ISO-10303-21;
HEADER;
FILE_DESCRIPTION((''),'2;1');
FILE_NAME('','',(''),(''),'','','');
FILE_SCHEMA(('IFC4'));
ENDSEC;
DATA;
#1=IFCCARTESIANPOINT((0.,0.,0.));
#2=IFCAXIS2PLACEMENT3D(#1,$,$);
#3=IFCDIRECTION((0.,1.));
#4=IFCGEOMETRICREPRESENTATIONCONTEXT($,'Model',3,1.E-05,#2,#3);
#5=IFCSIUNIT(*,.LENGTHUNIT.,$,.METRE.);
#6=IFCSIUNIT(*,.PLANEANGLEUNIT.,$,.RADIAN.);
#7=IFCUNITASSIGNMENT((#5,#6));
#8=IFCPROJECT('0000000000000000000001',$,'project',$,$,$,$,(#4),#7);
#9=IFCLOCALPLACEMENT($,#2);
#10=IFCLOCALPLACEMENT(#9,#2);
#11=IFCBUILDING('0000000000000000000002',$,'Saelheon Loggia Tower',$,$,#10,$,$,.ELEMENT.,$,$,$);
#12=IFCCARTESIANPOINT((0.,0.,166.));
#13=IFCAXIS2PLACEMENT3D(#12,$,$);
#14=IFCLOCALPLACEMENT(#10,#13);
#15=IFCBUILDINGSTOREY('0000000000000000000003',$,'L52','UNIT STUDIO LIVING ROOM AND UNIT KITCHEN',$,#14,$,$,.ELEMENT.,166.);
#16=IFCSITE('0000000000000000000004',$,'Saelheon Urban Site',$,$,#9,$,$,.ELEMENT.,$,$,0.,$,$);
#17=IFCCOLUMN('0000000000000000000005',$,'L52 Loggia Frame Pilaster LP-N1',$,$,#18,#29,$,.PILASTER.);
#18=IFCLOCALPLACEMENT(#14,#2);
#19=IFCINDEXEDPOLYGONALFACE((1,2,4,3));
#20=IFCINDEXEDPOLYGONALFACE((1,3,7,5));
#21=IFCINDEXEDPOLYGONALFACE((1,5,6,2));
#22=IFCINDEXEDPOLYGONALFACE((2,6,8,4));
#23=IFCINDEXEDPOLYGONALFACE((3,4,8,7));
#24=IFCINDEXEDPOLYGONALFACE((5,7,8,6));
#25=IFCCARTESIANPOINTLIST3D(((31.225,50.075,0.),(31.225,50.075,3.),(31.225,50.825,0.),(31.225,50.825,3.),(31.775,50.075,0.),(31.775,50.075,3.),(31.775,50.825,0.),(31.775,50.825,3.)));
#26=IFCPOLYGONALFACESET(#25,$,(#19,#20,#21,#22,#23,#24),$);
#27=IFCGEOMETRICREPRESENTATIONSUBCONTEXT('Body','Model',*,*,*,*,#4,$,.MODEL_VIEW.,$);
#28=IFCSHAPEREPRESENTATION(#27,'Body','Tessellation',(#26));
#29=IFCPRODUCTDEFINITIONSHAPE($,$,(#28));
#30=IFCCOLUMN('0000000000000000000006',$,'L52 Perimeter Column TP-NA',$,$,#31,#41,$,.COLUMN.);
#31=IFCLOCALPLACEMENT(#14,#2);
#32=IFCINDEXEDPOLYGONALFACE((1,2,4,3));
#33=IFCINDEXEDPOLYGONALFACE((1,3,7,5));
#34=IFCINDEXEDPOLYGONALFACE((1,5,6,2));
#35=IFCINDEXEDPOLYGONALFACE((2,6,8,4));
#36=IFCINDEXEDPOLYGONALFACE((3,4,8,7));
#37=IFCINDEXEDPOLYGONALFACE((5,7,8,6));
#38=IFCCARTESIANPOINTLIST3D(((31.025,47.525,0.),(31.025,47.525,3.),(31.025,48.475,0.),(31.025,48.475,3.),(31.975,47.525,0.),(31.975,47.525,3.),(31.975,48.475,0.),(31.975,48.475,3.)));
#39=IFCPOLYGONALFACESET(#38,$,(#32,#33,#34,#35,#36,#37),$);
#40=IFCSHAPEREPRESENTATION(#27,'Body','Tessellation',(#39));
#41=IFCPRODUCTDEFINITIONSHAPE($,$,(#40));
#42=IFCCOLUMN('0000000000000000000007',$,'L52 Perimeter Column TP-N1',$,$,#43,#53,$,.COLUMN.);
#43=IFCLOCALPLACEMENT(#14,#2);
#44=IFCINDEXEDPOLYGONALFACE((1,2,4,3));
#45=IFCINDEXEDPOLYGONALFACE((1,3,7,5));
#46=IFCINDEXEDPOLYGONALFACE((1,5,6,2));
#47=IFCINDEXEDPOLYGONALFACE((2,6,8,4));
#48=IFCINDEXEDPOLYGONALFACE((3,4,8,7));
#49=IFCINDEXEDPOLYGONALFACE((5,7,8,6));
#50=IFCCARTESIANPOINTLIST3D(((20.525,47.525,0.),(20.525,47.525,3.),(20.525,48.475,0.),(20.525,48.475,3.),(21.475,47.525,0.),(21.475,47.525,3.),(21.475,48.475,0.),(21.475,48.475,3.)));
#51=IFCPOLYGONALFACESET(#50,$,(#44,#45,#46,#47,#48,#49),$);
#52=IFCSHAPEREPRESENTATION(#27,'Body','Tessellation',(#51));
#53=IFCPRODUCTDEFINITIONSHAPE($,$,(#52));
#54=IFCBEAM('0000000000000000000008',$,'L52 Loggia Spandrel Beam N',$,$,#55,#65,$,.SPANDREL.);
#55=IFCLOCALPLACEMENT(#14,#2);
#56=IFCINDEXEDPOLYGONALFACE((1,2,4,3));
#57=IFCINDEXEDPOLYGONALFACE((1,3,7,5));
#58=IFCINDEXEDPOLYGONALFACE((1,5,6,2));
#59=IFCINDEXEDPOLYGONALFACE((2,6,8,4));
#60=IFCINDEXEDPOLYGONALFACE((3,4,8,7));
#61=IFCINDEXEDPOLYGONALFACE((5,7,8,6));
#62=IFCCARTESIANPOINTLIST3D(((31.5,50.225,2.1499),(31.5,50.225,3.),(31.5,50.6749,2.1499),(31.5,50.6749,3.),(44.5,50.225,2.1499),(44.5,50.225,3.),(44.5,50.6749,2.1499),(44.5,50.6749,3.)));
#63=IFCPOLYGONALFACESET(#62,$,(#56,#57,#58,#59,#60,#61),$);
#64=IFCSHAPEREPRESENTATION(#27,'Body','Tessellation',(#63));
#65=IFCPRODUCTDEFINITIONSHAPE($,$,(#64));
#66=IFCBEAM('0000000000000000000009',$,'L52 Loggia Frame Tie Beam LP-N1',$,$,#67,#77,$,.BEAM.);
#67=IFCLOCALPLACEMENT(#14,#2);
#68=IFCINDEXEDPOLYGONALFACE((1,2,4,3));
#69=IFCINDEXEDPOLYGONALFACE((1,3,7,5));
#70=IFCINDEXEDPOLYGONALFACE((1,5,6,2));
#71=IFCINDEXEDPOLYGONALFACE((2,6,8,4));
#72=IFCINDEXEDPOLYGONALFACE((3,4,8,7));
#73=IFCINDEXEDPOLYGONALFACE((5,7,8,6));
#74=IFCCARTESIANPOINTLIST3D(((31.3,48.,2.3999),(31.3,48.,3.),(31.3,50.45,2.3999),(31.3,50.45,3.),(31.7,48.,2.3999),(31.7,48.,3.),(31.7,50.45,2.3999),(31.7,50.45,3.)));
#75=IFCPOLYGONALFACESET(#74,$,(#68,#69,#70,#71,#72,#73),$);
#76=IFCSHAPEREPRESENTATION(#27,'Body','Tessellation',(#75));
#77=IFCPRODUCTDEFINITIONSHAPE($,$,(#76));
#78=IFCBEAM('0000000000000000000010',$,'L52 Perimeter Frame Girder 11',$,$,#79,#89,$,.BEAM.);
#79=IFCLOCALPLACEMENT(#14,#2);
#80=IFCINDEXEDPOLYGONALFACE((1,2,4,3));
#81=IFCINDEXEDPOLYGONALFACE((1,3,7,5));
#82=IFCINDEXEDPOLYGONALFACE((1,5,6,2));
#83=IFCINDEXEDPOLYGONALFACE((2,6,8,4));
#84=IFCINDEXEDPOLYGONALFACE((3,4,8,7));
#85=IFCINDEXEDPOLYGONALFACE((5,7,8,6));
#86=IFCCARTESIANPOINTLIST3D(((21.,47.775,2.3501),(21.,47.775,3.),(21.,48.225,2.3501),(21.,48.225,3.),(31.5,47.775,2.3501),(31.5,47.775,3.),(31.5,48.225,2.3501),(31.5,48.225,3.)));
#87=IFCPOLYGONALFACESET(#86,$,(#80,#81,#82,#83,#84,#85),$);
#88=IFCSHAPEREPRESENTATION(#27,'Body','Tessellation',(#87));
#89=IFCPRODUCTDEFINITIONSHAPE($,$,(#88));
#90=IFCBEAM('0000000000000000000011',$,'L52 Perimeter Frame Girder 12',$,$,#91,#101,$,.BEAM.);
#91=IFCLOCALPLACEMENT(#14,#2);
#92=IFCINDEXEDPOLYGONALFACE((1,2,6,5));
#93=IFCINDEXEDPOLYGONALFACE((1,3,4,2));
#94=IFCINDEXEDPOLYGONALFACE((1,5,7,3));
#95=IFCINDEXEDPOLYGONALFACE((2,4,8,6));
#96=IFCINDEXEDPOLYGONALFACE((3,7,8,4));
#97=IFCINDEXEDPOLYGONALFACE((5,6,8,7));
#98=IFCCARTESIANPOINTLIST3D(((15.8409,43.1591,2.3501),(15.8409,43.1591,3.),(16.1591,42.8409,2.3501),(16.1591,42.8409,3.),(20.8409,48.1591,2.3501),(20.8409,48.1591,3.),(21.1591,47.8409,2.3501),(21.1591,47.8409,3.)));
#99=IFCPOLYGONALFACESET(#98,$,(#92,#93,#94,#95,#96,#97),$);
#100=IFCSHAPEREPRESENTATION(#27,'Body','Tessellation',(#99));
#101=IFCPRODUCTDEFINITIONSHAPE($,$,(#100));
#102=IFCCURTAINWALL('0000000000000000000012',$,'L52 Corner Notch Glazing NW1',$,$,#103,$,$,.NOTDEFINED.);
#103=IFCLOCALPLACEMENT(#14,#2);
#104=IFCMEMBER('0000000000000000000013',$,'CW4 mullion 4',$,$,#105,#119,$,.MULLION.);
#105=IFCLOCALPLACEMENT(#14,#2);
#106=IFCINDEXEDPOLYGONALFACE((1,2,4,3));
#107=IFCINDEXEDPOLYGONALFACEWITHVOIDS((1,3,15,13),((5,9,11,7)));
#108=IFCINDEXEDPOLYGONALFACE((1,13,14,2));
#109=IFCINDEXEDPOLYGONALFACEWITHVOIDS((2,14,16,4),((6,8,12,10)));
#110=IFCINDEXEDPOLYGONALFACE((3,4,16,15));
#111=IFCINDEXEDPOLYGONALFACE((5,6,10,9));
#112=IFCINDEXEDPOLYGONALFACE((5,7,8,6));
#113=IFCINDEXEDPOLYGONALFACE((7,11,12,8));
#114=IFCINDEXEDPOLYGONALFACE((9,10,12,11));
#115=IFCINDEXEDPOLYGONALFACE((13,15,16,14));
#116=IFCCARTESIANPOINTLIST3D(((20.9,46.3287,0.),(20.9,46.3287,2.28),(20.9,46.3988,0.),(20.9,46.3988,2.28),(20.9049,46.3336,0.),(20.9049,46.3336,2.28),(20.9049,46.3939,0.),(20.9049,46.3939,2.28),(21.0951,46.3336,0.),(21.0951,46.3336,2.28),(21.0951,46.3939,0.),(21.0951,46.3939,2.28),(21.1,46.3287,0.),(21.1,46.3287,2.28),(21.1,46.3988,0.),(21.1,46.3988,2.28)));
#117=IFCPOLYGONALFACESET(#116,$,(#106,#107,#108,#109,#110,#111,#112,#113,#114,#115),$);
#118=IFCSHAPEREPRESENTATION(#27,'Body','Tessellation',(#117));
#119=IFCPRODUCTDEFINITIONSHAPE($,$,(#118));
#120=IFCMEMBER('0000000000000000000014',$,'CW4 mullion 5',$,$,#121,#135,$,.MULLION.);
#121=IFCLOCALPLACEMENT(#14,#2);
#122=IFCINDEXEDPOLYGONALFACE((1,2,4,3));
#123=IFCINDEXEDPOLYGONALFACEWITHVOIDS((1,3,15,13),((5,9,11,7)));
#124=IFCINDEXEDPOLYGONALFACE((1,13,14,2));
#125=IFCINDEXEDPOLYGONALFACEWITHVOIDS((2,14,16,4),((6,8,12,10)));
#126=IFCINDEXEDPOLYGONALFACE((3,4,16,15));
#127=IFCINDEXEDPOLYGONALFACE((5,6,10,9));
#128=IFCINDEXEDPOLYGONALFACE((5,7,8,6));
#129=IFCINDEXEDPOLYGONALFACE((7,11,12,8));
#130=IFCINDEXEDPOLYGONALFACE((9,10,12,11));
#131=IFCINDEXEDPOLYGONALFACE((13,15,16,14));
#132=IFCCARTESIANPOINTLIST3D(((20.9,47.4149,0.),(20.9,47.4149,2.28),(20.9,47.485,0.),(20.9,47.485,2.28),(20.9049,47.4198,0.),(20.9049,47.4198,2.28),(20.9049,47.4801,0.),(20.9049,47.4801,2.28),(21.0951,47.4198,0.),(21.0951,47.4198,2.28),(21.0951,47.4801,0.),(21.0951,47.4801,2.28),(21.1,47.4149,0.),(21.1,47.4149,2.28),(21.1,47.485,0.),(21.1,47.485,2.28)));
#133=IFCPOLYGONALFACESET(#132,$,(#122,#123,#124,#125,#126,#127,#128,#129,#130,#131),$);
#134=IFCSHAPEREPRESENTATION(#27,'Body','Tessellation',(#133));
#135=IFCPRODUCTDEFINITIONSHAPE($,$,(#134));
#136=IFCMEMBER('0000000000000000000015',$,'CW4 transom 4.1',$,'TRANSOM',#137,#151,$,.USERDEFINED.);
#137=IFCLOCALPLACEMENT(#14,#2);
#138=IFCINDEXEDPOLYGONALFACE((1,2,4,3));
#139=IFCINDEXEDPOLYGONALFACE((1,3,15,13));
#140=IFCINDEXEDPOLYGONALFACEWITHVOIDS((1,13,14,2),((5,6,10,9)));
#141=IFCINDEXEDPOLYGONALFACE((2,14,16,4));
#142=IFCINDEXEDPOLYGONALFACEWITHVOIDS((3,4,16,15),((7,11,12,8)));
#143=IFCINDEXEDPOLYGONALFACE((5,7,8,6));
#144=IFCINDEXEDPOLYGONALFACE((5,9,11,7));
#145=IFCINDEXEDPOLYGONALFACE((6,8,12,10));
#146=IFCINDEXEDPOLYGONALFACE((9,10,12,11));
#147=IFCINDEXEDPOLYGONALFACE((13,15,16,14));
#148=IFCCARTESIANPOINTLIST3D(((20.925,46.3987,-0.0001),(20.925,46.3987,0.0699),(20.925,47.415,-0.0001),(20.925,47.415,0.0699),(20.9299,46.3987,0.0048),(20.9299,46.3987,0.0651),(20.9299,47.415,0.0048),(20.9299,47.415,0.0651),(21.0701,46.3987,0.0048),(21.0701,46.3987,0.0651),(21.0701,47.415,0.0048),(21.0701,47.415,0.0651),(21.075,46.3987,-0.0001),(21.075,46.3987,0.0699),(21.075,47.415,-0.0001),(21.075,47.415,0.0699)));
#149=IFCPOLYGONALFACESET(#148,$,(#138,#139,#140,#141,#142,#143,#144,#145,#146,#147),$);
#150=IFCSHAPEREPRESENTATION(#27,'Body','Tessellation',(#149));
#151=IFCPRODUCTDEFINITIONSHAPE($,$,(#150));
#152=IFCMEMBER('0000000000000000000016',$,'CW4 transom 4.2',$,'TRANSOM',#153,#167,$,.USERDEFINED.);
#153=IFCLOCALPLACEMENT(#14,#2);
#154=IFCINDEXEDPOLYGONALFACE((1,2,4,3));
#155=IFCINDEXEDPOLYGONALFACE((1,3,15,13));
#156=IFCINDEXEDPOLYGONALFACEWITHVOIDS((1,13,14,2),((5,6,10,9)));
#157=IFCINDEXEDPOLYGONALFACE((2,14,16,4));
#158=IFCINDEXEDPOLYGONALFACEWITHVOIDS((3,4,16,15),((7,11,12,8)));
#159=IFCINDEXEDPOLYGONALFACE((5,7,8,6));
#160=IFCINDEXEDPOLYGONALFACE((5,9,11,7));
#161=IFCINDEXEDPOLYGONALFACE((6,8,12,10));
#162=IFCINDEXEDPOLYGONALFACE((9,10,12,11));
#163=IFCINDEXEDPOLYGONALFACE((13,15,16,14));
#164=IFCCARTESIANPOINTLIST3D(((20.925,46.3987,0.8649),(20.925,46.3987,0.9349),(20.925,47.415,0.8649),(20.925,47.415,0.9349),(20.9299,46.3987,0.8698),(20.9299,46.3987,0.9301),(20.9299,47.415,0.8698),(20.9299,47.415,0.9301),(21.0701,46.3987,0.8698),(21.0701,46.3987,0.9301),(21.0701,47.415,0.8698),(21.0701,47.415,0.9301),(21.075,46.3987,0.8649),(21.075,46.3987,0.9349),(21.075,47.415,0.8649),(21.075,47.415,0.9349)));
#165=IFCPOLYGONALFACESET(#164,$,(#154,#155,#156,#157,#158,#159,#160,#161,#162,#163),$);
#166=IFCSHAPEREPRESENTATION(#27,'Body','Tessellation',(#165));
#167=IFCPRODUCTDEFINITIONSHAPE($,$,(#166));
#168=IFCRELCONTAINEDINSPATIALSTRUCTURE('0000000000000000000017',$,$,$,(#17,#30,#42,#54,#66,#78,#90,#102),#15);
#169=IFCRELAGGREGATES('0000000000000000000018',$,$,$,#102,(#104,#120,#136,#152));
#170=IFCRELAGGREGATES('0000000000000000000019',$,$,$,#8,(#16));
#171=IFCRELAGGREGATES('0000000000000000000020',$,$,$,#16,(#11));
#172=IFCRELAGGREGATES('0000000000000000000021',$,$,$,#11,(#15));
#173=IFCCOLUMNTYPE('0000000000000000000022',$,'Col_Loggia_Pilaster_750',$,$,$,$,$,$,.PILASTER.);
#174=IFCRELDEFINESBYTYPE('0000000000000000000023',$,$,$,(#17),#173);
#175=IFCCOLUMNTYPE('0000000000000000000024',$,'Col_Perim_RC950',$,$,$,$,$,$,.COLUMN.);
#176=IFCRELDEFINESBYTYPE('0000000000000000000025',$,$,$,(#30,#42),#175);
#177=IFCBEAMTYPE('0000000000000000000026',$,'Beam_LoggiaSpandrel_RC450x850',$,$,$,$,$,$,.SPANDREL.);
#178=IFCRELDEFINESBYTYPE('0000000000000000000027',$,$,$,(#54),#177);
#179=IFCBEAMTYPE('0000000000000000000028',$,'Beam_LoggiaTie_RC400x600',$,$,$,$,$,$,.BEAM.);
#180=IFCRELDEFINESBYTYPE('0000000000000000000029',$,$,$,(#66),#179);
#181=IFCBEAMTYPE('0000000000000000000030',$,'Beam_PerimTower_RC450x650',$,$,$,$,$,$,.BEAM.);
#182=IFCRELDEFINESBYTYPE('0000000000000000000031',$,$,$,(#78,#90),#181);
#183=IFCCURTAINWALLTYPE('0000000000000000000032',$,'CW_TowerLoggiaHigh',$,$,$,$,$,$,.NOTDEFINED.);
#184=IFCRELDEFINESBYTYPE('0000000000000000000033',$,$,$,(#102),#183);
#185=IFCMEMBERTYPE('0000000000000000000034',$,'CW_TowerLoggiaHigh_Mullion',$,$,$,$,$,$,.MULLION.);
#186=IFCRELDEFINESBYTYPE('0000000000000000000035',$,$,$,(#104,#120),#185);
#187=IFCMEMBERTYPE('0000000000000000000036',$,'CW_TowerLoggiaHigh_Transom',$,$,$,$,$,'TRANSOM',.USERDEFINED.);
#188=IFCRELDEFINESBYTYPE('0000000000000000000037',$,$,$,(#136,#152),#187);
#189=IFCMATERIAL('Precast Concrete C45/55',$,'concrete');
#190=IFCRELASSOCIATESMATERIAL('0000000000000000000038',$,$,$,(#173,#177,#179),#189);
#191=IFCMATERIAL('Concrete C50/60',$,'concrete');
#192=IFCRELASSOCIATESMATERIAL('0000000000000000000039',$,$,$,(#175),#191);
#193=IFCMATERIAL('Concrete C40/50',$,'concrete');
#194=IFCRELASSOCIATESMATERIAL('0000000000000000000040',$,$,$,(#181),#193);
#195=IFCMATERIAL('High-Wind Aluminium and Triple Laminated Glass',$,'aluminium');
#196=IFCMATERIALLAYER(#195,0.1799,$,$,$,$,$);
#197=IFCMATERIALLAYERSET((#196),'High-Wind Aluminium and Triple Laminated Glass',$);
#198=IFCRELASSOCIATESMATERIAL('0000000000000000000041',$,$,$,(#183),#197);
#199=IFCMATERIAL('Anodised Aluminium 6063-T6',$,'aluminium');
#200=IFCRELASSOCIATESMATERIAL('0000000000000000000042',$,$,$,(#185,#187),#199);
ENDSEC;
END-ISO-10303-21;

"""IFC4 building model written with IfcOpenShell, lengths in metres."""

from ifc_helpers import new_model, si_unit, direction, frame, origin, origin_2d, place, context, subcontext, project, spatial, rectangle, hollow_rectangle, extrude, source, transform, mapped, material, layer, layer_set, material_profile, profile_set, type_object, element, aggregate, save


model = new_model("IFC4")

# Units and contexts
model_context = context("Model", 3, precision=1e-05, world=origin(), true_north=direction((0.0, 1.0)))
body_context = subcontext(model_context, "Body", "Model", "MODEL_VIEW")
ifc_project = project(units=[si_unit("LENGTHUNIT", "METRE"), si_unit("PLANEANGLEUNIT", "RADIAN")], contexts=[model_context])

# Site, building, storey
site_placement = place(None, origin())
site = spatial("IfcSite", under=ifc_project, at=site_placement, Name="Saelheon Urban Site", CompositionType="ELEMENT", RefElevation=0.0)
building_placement = place(site_placement, origin())
building = spatial("IfcBuilding", under=site, at=building_placement, Name="Saelheon Loggia Tower", CompositionType="ELEMENT")
storey_placement = place(building_placement, frame((0.0, 0.0, 166.0)))
storey = spatial("IfcBuildingStorey", under=building, at=storey_placement, Name="L52", Description="UNIT STUDIO LIVING ROOM AND UNIT KITCHEN", CompositionType="ELEMENT", Elevation=166.0)

# Columns
ifc_material_1 = material(Name="Precast Concrete C45/55", Category="concrete")
ifc_material_profile_1 = material_profile(ifc_material_1, rectangle(XDim=0.55, YDim=0.75, at=origin_2d()), Name="RC-550x750")
ifc_profile_set_1 = profile_set([ifc_material_profile_1], Name="Precast Concrete C45/55")
column_type_1 = type_object("IfcColumnType", Name="Col_Loggia_Pilaster_750", PredefinedType="PILASTER", material=ifc_profile_set_1)
shared_shape_1 = source(origin(), body_context, "Body", "SweptSolid", [
    extrude(rectangle(XDim=0.55, YDim=0.75, at=origin_2d()), origin(), (0.0, 0.0, 1.0), 3.0),
])
column_placement = place(storey_placement, frame((31.5, 50.45, 0.0), z_axis=(0.0, 0.0, 1.0), x_axis=(1.0, 0.0, 0.0)))
element("IfcColumn", 1, at=column_placement, inside=storey, type_object=column_type_1, Name="L52 Loggia Frame Pilaster LP-N1", PredefinedType="PILASTER", context=body_context, shape_type="MappedRepresentation", body=[
    mapped(shared_shape_1, transform((0.0, 0.0, 0.0), scale=1.0)),
])
ifc_material_2 = material(Name="Concrete C50/60", Category="concrete")
ifc_material_profile_2 = material_profile(ifc_material_2, rectangle(XDim=0.95, YDim=0.95, at=origin_2d()), Name="RC-950x950")
ifc_profile_set_2 = profile_set([ifc_material_profile_2], Name="Concrete C50/60")
column_type_2 = type_object("IfcColumnType", Name="Col_Perim_RC950", PredefinedType="COLUMN", material=ifc_profile_set_2)
shared_shape_2 = source(origin(), body_context, "Body", "SweptSolid", [
    extrude(rectangle(XDim=0.95, YDim=0.95, at=origin_2d()), origin(), (0.0, 0.0, 1.0), 3.0),
])
for number, where, z_axis, x_axis, name in (
    (2, (31.5, 48.0, 0.0), (0.0, 0.0, 1.0), (1.0, 0.0, 0.0), "L52 Perimeter Column TP-NA"),
    (3, (21.0, 48.0, 0.0), (0.0, 0.0, 1.0), (1.0, 0.0, 0.0), "L52 Perimeter Column TP-N1"),
):
    element("IfcColumn", number, at=place(storey_placement, frame(where, z_axis=z_axis, x_axis=x_axis)), inside=storey, type_object=column_type_2, Name=name, PredefinedType="COLUMN", context=body_context, shape_type="MappedRepresentation", body=[
        mapped(shared_shape_2, transform((0.0, 0.0, 0.0), scale=1.0)),
    ])

# Beams
ifc_material_profile_3 = material_profile(ifc_material_1, rectangle(XDim=0.45, YDim=0.8501, at=origin_2d()), Name="RC-450x850")
ifc_profile_set_3 = profile_set([ifc_material_profile_3], Name="Precast Concrete C45/55")
beam_type_1 = type_object("IfcBeamType", Name="Beam_LoggiaSpandrel_RC450x850", PredefinedType="SPANDREL", material=ifc_profile_set_3)
shared_shape_3 = source(origin(), body_context, "Body", "SweptSolid", [
    extrude(rectangle(XDim=0.45, YDim=0.8501, at=origin_2d()), origin(), (0.0, 0.0, 1.0), 13.0),
])
beam_1_placement = place(storey_placement, frame((31.5, 50.45, 2.575), z_axis=(1.0, 0.0, 0.0), x_axis=(0.0, 1.0, 0.0)))
element("IfcBeam", 4, at=beam_1_placement, inside=storey, type_object=beam_type_1, Name="L52 Loggia Spandrel Beam N", PredefinedType="SPANDREL", context=body_context, shape_type="MappedRepresentation", body=[
    mapped(shared_shape_3, transform((0.0, 0.0, 0.0), scale=1.0)),
])
ifc_material_profile_4 = material_profile(ifc_material_1, rectangle(XDim=0.3999, YDim=0.6001, at=origin_2d()), Name="RC-400x600")
ifc_profile_set_4 = profile_set([ifc_material_profile_4], Name="Precast Concrete C45/55")
beam_type_2 = type_object("IfcBeamType", Name="Beam_LoggiaTie_RC400x600", PredefinedType="BEAM", material=ifc_profile_set_4)
shared_shape_4 = source(origin(), body_context, "Body", "SweptSolid", [
    extrude(rectangle(XDim=0.3999, YDim=0.6001, at=origin_2d()), origin(), (0.0, 0.0, 1.0), 2.45),
])
beam_2_placement = place(storey_placement, frame((31.5, 48.0, 2.7), z_axis=(0.0, 1.0, 0.0), x_axis=(-1.0, 0.0, 0.0)))
element("IfcBeam", 5, at=beam_2_placement, inside=storey, type_object=beam_type_2, Name="L52 Loggia Frame Tie Beam LP-N1", PredefinedType="BEAM", context=body_context, shape_type="MappedRepresentation", body=[
    mapped(shared_shape_4, transform((0.0, 0.0, 0.0), scale=1.0)),
])
ifc_material_3 = material(Name="Concrete C40/50", Category="concrete")
ifc_material_profile_5 = material_profile(ifc_material_3, rectangle(XDim=0.45, YDim=0.6499, at=origin_2d()), Name="RC-450x650")
ifc_profile_set_5 = profile_set([ifc_material_profile_5], Name="Concrete C40/50")
beam_type_3 = type_object("IfcBeamType", Name="Beam_PerimTower_RC450x650", PredefinedType="BEAM", material=ifc_profile_set_5)
shared_shape_5 = source(origin(), body_context, "Body", "SweptSolid", [
    extrude(rectangle(XDim=0.45, YDim=0.6499, at=origin_2d()), origin(), (0.0, 0.0, 1.0), 10.5),
])
beam_3_placement = place(storey_placement, frame((31.5, 48.0, 2.675), z_axis=(-1.0, 0.0, 0.0), x_axis=(0.0, -1.0, 0.0)))
element("IfcBeam", 6, at=beam_3_placement, inside=storey, type_object=beam_type_3, Name="L52 Perimeter Frame Girder 11", PredefinedType="BEAM", context=body_context, shape_type="MappedRepresentation", body=[
    mapped(shared_shape_5, transform((0.0, 0.0, 0.0), scale=1.0)),
])
shared_shape_6 = source(origin(), body_context, "Body", "SweptSolid", [
    extrude(rectangle(XDim=0.45, YDim=0.6499, at=origin_2d()), origin(), (0.0, 0.0, 1.0), 7.071),
])
beam_4_placement = place(storey_placement, frame((21.0, 48.0, 2.675), z_axis=(-0.707107, -0.707107, 0.0), x_axis=(0.707107, -0.707107, 0.0)))
element("IfcBeam", 7, at=beam_4_placement, inside=storey, type_object=beam_type_3, Name="L52 Perimeter Frame Girder 12", PredefinedType="BEAM", context=body_context, shape_type="MappedRepresentation", body=[
    mapped(shared_shape_6, transform((0.0, 0.0, 0.0), scale=1.0)),
])

# Curtain wall, members
ifc_material_4 = material(Name="High-Wind Aluminium and Triple Laminated Glass", Category="aluminium")
ifc_layer_1 = layer(ifc_material_4, 0.1799)
ifc_layer_set_1 = layer_set([ifc_layer_1], Name="High-Wind Aluminium and Triple Laminated Glass")
curtain_wall_type = type_object("IfcCurtainWallType", Name="CW_TowerLoggiaHigh", PredefinedType="NOTDEFINED", material=ifc_layer_set_1)
curtain_wall_placement = place(storey_placement, origin())
curtain_wall = element("IfcCurtainWall", 8, at=curtain_wall_placement, inside=storey, type_object=curtain_wall_type, Name="L52 Corner Notch Glazing NW1", PredefinedType="NOTDEFINED")
ifc_material_5 = material(Name="Anodised Aluminium 6063-T6", Category="aluminium")
ifc_material_profile_6 = material_profile(ifc_material_5, hollow_rectangle(XDim=0.0701, YDim=0.2, WallThickness=0.0049, at=origin_2d()), Name="RHS-200x70x5")
ifc_profile_set_6 = profile_set([ifc_material_profile_6], Name="Anodised Aluminium 6063-T6")
member_type_1 = type_object("IfcMemberType", Name="CW_TowerLoggiaHigh_Mullion", PredefinedType="MULLION", material=ifc_profile_set_6)
shared_shape_7 = source(origin(), body_context, "Body", "SweptSolid", [
    extrude(hollow_rectangle(XDim=0.0701, YDim=0.2, WallThickness=0.0049, at=origin_2d()), origin(), (0.0, 0.0, 1.0), 2.28),
])
member_1_placement = place(storey_placement, frame((21.0, 46.3638, 0.0), z_axis=(0.0, 0.0, 1.0), x_axis=(0.0, 1.0, 0.0)))
member_1 = element("IfcMember", 9, at=member_1_placement, type_object=member_type_1, Name="CW4 mullion 4", PredefinedType="MULLION", context=body_context, shape_type="MappedRepresentation", body=[
    mapped(shared_shape_7, transform((0.0, 0.0, 0.0), scale=1.0)),
])
member_2_placement = place(storey_placement, frame((21.0, 47.45, 0.0), z_axis=(0.0, 0.0, 1.0), x_axis=(0.0, 1.0, 0.0)))
member_2 = element("IfcMember", 10, at=member_2_placement, type_object=member_type_1, Name="CW4 mullion 5", PredefinedType="MULLION", context=body_context, shape_type="MappedRepresentation", body=[
    mapped(shared_shape_7, transform((0.0, 0.0, 0.0), scale=1.0)),
])
ifc_material_profile_7 = material_profile(ifc_material_5, hollow_rectangle(XDim=0.0701, YDim=0.1499, WallThickness=0.0049, at=origin_2d()), Name="RHS-150x70x5")
ifc_profile_set_7 = profile_set([ifc_material_profile_7], Name="Anodised Aluminium 6063-T6")
member_type_2 = type_object("IfcMemberType", Name="CW_TowerLoggiaHigh_Transom", ElementType="TRANSOM", PredefinedType="USERDEFINED", material=ifc_profile_set_7)
shared_shape_8 = source(origin(), body_context, "Body", "SweptSolid", [
    extrude(hollow_rectangle(XDim=0.0701, YDim=0.1499, WallThickness=0.0049, at=origin_2d()), origin(), (0.0, 0.0, 1.0), 1.0164),
])
member_3_placement = place(storey_placement, frame((21.0, 46.3987, 0.0349), z_axis=(0.0, 1.0, 0.0), x_axis=(0.0, 0.0, 1.0)))
member_3 = element("IfcMember", 11, at=member_3_placement, type_object=member_type_2, Name="CW4 transom 4.1", ObjectType="TRANSOM", PredefinedType="USERDEFINED", context=body_context, shape_type="MappedRepresentation", body=[
    mapped(shared_shape_8, transform((0.0, 0.0, 0.0), scale=1.0)),
])
member_4_placement = place(storey_placement, frame((21.0, 46.3987, 0.8999), z_axis=(0.0, 1.0, 0.0), x_axis=(0.0, 0.0, 1.0)))
member_4 = element("IfcMember", 12, at=member_4_placement, type_object=member_type_2, Name="CW4 transom 4.2", ObjectType="TRANSOM", PredefinedType="USERDEFINED", context=body_context, shape_type="MappedRepresentation", body=[
    mapped(shared_shape_8, transform((0.0, 0.0, 0.0), scale=1.0)),
])
aggregate(curtain_wall, [member_1, member_2, member_3, member_4])

save(model, "model.ifc")
